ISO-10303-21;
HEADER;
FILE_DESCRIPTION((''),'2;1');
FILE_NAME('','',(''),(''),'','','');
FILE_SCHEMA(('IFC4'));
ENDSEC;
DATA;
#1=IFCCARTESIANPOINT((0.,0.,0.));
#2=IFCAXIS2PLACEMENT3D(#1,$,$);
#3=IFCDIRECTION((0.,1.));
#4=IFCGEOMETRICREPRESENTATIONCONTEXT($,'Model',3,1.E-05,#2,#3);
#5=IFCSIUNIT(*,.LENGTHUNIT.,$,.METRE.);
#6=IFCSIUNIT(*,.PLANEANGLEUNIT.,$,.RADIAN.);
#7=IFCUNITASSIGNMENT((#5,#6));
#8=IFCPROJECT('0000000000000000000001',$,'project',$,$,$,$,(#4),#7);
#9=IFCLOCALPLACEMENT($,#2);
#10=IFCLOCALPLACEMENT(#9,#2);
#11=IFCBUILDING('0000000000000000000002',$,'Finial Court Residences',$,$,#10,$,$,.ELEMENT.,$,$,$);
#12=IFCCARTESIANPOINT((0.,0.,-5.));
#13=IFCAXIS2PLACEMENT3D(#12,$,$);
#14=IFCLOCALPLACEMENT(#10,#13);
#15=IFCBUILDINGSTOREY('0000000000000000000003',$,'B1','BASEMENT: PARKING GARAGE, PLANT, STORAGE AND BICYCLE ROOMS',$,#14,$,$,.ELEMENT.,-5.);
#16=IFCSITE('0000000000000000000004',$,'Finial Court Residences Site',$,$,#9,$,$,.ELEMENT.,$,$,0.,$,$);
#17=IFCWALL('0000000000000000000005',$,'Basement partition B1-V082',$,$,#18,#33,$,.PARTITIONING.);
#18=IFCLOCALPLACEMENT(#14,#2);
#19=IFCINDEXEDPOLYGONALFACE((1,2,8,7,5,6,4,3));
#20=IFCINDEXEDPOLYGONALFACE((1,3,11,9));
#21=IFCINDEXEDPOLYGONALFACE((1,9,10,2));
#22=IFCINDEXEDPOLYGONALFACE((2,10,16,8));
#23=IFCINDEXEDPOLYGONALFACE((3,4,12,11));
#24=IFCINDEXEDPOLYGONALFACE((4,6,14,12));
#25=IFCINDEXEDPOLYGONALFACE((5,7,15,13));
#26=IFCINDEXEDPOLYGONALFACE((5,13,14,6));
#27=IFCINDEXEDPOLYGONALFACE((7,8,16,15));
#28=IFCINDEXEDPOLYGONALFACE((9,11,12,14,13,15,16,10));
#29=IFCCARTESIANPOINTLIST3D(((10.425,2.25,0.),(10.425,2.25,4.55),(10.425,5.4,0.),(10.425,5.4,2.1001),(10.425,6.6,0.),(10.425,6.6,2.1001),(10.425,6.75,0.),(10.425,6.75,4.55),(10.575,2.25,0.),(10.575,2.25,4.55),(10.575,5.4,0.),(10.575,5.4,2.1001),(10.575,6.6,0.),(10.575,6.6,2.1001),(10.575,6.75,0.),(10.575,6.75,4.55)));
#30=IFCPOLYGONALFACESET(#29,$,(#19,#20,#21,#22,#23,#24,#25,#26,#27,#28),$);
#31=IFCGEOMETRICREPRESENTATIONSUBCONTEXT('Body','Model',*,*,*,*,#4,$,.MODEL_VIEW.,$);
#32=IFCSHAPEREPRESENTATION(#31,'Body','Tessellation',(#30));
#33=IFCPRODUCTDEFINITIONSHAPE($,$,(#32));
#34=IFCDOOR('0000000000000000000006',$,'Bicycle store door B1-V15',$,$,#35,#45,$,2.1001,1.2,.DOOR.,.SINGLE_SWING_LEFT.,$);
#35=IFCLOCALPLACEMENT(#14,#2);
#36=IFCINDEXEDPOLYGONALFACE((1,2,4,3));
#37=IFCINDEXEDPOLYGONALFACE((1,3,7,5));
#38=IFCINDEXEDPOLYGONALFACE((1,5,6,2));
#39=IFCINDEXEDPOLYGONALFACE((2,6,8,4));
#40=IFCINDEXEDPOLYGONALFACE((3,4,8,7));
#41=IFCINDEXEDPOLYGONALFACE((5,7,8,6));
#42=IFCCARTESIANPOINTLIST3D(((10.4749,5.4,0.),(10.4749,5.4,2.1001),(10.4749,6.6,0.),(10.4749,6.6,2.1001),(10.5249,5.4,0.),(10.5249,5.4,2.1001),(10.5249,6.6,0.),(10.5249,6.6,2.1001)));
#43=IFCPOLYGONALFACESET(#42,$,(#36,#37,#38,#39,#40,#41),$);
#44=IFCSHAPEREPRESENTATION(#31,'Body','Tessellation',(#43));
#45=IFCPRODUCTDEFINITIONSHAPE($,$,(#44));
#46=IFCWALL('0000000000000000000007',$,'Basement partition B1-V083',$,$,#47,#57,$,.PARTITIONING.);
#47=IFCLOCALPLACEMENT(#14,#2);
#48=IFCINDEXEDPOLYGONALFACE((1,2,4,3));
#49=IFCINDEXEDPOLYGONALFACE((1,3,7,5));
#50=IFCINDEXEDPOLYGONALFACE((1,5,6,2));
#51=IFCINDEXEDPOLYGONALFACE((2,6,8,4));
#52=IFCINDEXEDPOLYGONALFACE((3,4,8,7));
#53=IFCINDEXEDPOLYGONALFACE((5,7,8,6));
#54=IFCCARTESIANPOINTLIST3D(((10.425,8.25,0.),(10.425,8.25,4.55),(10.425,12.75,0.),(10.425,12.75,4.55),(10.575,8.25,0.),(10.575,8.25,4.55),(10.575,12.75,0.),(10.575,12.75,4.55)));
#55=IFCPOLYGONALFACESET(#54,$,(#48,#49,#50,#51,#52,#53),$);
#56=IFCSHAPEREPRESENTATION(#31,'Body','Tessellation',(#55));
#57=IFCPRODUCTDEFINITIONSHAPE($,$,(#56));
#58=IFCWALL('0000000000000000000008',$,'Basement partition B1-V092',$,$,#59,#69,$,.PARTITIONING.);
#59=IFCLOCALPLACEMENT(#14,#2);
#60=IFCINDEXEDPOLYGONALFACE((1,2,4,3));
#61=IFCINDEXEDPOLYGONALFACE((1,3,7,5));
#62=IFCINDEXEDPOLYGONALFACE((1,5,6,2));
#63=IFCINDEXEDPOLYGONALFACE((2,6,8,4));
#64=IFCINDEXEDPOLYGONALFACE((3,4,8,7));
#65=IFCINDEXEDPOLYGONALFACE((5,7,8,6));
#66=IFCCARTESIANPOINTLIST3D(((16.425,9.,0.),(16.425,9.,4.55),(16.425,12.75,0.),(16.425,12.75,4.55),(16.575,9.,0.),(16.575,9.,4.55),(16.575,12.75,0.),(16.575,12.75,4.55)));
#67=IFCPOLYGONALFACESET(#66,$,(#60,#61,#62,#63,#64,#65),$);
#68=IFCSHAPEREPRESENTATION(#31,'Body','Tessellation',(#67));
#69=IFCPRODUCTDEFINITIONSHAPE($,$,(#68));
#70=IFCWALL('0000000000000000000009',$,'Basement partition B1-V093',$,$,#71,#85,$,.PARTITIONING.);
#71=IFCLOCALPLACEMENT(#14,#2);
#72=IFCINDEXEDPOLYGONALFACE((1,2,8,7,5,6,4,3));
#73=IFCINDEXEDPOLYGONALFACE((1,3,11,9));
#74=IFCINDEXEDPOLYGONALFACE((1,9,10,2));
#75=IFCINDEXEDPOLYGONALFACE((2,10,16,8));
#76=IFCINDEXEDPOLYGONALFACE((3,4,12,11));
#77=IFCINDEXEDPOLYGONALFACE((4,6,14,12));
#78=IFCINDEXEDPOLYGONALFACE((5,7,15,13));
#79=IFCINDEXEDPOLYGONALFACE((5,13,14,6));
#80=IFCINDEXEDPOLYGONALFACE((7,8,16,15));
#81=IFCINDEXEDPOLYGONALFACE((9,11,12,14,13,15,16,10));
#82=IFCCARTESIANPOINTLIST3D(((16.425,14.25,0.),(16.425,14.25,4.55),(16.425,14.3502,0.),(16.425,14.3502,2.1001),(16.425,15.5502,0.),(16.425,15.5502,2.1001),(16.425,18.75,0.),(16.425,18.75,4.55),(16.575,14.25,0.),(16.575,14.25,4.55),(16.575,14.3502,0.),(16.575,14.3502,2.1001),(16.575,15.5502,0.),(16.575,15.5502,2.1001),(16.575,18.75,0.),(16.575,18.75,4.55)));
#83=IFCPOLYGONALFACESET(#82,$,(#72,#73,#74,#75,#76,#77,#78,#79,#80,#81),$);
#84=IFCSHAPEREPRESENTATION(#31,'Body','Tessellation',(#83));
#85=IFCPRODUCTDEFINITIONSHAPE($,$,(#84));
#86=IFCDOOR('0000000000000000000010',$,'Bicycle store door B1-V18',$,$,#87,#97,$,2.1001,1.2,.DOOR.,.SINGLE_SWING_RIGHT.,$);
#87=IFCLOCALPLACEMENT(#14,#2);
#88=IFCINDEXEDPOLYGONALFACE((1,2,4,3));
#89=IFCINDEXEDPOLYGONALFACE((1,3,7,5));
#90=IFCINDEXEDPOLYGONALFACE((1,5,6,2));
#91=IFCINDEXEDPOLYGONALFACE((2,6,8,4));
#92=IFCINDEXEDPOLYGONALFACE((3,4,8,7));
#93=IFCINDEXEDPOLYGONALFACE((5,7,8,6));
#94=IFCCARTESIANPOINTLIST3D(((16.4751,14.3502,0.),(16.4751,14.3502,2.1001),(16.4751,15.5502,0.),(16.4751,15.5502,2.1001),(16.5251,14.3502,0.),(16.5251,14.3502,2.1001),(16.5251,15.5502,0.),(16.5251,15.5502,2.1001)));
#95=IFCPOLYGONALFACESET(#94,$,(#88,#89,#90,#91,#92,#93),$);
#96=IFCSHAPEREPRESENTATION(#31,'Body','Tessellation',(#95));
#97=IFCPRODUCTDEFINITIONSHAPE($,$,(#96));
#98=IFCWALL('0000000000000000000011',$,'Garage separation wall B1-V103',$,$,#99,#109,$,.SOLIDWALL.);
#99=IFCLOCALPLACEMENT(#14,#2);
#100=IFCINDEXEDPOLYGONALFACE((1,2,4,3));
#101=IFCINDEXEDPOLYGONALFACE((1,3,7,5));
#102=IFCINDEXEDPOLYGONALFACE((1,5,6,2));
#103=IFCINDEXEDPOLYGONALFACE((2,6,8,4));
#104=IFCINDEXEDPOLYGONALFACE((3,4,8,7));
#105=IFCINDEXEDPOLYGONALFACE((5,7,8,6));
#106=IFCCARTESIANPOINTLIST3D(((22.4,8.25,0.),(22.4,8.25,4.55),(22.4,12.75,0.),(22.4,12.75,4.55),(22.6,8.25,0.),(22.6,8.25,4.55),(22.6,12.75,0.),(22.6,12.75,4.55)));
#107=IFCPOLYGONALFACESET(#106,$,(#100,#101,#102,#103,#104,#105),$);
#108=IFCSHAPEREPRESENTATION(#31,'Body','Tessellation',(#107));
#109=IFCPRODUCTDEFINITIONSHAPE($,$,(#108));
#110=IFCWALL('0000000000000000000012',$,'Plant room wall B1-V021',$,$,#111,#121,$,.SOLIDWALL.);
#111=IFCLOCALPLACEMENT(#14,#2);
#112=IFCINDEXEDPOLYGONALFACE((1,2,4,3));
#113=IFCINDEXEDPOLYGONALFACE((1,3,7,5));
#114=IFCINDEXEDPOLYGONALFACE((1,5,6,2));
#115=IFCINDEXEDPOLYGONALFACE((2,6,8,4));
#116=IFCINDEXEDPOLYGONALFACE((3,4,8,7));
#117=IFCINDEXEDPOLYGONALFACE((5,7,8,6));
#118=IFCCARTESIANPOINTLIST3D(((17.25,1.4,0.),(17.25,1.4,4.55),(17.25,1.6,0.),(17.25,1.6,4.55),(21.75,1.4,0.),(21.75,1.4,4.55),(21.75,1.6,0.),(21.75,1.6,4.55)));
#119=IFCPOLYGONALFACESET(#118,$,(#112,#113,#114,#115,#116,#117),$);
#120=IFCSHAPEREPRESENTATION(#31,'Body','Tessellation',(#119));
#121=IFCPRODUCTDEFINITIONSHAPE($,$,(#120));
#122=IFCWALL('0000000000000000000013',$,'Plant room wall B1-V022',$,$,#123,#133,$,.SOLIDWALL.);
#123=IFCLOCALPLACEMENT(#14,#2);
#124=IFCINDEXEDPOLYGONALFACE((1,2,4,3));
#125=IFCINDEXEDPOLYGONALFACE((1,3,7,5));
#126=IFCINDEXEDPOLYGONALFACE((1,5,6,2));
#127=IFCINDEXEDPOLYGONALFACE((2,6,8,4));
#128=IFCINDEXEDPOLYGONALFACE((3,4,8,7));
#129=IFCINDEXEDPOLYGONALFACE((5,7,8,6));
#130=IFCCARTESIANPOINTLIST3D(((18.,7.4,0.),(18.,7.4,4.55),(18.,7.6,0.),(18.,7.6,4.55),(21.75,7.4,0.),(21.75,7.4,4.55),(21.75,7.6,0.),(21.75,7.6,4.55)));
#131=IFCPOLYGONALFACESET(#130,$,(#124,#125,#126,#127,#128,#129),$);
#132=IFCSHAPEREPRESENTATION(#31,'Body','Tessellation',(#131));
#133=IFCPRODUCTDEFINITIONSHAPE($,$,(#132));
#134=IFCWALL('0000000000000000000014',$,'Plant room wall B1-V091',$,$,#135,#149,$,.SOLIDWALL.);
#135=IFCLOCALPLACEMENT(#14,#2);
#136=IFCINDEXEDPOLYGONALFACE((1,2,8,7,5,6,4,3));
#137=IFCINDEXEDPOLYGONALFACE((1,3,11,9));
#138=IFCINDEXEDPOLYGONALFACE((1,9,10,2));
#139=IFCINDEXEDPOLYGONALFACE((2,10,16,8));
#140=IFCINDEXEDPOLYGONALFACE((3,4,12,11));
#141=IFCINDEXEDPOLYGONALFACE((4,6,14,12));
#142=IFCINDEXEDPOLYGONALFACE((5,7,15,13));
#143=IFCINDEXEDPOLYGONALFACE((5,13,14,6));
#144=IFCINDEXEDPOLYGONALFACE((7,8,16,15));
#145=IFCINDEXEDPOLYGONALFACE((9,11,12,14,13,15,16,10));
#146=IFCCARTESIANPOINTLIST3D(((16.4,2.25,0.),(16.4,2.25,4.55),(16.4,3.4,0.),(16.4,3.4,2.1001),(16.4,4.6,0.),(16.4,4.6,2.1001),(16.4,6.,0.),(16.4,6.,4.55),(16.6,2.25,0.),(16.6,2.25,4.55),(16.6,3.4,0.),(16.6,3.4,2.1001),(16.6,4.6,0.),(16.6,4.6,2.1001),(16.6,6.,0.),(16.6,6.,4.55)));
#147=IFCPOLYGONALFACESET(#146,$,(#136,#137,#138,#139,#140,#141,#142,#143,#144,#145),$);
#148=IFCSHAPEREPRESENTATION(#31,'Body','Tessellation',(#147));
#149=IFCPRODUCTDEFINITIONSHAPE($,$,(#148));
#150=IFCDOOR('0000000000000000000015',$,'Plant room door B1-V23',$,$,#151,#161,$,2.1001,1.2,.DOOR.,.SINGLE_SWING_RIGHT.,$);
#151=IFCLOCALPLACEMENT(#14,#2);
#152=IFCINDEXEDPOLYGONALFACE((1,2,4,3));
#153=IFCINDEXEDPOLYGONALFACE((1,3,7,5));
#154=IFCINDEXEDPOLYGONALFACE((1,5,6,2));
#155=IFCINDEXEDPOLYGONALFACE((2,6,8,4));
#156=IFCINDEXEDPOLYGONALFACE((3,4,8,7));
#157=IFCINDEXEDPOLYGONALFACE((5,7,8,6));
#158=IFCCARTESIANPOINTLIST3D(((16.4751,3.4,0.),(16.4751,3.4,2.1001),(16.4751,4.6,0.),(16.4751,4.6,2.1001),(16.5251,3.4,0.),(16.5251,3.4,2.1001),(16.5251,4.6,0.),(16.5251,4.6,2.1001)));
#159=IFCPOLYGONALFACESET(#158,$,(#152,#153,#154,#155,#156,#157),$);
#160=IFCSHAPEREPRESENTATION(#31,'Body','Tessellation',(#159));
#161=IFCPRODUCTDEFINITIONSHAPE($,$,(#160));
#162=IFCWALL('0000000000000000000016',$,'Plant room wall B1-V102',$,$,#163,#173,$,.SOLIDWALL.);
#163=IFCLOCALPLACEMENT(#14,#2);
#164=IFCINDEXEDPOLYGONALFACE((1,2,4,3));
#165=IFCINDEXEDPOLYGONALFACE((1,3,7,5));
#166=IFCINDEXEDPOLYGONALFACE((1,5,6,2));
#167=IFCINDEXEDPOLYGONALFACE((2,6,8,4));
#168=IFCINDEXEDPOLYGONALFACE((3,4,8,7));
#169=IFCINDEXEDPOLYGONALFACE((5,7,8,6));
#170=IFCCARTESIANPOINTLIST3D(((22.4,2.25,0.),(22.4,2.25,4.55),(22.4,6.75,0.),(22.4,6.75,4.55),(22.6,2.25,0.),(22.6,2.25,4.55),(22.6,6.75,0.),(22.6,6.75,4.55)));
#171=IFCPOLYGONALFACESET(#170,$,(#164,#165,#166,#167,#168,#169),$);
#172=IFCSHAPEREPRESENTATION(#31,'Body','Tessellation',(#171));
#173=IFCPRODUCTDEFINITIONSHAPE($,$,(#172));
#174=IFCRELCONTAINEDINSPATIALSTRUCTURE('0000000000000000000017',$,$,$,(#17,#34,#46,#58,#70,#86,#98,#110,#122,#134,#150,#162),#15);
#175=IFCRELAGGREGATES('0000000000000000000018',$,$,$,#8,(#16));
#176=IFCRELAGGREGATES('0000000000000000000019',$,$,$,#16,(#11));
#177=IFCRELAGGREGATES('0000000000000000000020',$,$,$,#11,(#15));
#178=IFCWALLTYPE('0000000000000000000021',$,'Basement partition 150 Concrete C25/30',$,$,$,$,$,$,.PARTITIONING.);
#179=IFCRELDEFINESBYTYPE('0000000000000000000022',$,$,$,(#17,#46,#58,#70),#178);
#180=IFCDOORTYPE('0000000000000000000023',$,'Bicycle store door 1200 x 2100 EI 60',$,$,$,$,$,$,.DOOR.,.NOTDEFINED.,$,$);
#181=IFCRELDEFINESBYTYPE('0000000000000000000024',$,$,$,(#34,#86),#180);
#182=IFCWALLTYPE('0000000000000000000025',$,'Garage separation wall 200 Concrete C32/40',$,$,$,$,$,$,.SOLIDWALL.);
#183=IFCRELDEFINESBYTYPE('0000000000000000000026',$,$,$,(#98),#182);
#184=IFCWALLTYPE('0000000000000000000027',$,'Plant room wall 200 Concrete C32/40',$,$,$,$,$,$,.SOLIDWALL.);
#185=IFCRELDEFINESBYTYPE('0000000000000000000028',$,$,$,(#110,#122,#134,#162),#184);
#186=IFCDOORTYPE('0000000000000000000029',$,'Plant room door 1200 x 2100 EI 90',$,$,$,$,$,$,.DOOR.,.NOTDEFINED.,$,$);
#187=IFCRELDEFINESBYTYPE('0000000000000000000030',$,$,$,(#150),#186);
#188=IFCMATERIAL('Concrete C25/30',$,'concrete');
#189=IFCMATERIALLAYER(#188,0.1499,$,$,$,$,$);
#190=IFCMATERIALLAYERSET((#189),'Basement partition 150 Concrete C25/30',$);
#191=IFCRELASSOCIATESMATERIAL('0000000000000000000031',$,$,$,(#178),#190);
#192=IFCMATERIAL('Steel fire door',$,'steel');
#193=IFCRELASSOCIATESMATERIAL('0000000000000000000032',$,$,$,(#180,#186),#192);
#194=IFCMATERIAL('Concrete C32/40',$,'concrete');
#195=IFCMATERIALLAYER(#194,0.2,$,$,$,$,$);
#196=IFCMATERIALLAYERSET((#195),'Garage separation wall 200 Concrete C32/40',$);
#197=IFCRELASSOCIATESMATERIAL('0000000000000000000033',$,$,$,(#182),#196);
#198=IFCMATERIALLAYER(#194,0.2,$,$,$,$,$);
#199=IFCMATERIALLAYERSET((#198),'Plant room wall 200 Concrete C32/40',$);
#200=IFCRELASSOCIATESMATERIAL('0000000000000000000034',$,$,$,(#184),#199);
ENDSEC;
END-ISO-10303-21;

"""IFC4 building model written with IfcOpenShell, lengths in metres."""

from ifc_helpers import new_model, si_unit, direction, frame, frame_2d, origin, place, context, subcontext, project, spatial, rectangle, extrude, material, layer, layer_set, type_object, element, fill, save


model = new_model("IFC4")

# Units and contexts
model_context = context("Model", 3, precision=1e-05, world=origin(), true_north=direction((0.0, 1.0)))
body_context = subcontext(model_context, "Body", "Model", "MODEL_VIEW")
ifc_project = project(units=[si_unit("LENGTHUNIT", "METRE"), si_unit("PLANEANGLEUNIT", "RADIAN")], contexts=[model_context])

# Site, building, storey
site_placement = place(None, origin())
site = spatial("IfcSite", under=ifc_project, at=site_placement, Name="Finial Court Residences Site", CompositionType="ELEMENT", RefElevation=0.0)
building_placement = place(site_placement, origin())
building = spatial("IfcBuilding", under=site, at=building_placement, Name="Finial Court Residences", CompositionType="ELEMENT")
storey_placement = place(building_placement, frame((0.0, 0.0, -5.0)))
storey = spatial("IfcBuildingStorey", under=building, at=storey_placement, Name="B1", Description="BASEMENT: PARKING GARAGE, PLANT, STORAGE AND BICYCLE ROOMS", CompositionType="ELEMENT", Elevation=-5.0)

# Shared definitions
ifc_material_1 = material(Name="Concrete C25/30", Category="concrete")
ifc_layer_1 = layer(ifc_material_1, 0.1499)
ifc_layer_set_1 = layer_set([ifc_layer_1], Name="Basement partition 150 Concrete C25/30")
wall_type_1 = type_object("IfcWallType", Name="Basement partition 150 Concrete C25/30", PredefinedType="PARTITIONING", material=ifc_layer_set_1)

# Wall, opening, door
wall_1_placement = place(storey_placement, frame((10.5, 6.75, 0.0), z_axis=(0.0, 0.0, 1.0), x_axis=(0.0, -1.0, 0.0)))
wall_1 = element("IfcWall", 1, at=wall_1_placement, inside=storey, type_object=wall_type_1, Name="Basement partition B1-V082", PredefinedType="PARTITIONING", context=body_context, shape_type="SweptSolid", body=[
    extrude(rectangle(XDim=4.5, YDim=0.1499, at=frame_2d((2.25, 0.0))), origin(), (0.0, 0.0, 1.0), 4.55),
])
opening_1_placement = place(wall_1_placement, frame((0.1499, 0.0, 0.0)))
opening_1 = element("IfcOpeningElement", 2, at=opening_1_placement, cuts=wall_1, PredefinedType="OPENING", context=body_context, shape_type="SweptSolid", body=[
    extrude(rectangle(XDim=1.2, YDim=2.1001, at=frame_2d((0.6001, 1.05))), frame((0.0, 0.085, 0.0), z_axis=(0.0, -1.0, 0.0), x_axis=(1.0, 0.0, 0.0)), (0.0, 0.0, 1.0), 0.1699),
])
ifc_material_2 = material(Name="Steel fire door", Category="steel")
door_type_1 = type_object("IfcDoorType", Name="Bicycle store door 1200 x 2100 EI 60", OperationType="NOTDEFINED", PredefinedType="DOOR", material=ifc_material_2)
door_1_placement = place(opening_1_placement, origin())
door_1 = element("IfcDoor", 3, at=door_1_placement, inside=storey, type_object=door_type_1, Name="Bicycle store door B1-V15", OperationType="SINGLE_SWING_LEFT", OverallHeight=2.1001, OverallWidth=1.2, PredefinedType="DOOR", context=body_context, shape_type="SweptSolid", body=[
    extrude(rectangle(XDim=1.2, YDim=2.1001, at=frame_2d((0.6001, 1.05))), frame((0.0, 0.0249, 0.0), z_axis=(0.0, -1.0, 0.0), x_axis=(1.0, 0.0, 0.0)), (0.0, 0.0, 1.0), 0.05),
])
fill(opening_1, door_1)

# Walls
wall_2_placement = place(storey_placement, frame((10.5, 8.25, 0.0), z_axis=(0.0, 0.0, 1.0), x_axis=(0.0, 1.0, 0.0)))
element("IfcWall", 4, at=wall_2_placement, inside=storey, type_object=wall_type_1, Name="Basement partition B1-V083", PredefinedType="PARTITIONING", context=body_context, shape_type="SweptSolid", body=[
    extrude(rectangle(XDim=4.5, YDim=0.1499, at=frame_2d((2.25, 0.0))), origin(), (0.0, 0.0, 1.0), 4.55),
])
wall_3_placement = place(storey_placement, frame((16.5, 9.0, 0.0), z_axis=(0.0, 0.0, 1.0), x_axis=(0.0, 1.0, 0.0)))
element("IfcWall", 5, at=wall_3_placement, inside=storey, type_object=wall_type_1, Name="Basement partition B1-V092", PredefinedType="PARTITIONING", context=body_context, shape_type="SweptSolid", body=[
    extrude(rectangle(XDim=3.75, YDim=0.1499, at=frame_2d((1.875, 0.0))), origin(), (0.0, 0.0, 1.0), 4.55),
])

# Wall, opening, door
wall_4_placement = place(storey_placement, frame((16.5, 14.25, 0.0), z_axis=(0.0, 0.0, 1.0), x_axis=(0.0, 1.0, 0.0)))
wall_4 = element("IfcWall", 6, at=wall_4_placement, inside=storey, type_object=wall_type_1, Name="Basement partition B1-V093", PredefinedType="PARTITIONING", context=body_context, shape_type="SweptSolid", body=[
    extrude(rectangle(XDim=4.5, YDim=0.1499, at=frame_2d((2.25, 0.0))), origin(), (0.0, 0.0, 1.0), 4.55),
])
opening_2_placement = place(wall_4_placement, frame((0.1001, 0.0, 0.0)))
opening_2 = element("IfcOpeningElement", 7, at=opening_2_placement, cuts=wall_4, PredefinedType="OPENING", context=body_context, shape_type="SweptSolid", body=[
    extrude(rectangle(XDim=1.2, YDim=2.1001, at=frame_2d((0.6001, 1.05))), frame((0.0, 0.085, 0.0), z_axis=(0.0, -1.0, 0.0), x_axis=(1.0, 0.0, 0.0)), (0.0, 0.0, 1.0), 0.1699),
])
door_2_placement = place(opening_2_placement, origin())
door_2 = element("IfcDoor", 8, at=door_2_placement, inside=storey, type_object=door_type_1, Name="Bicycle store door B1-V18", OperationType="SINGLE_SWING_RIGHT", OverallHeight=2.1001, OverallWidth=1.2, PredefinedType="DOOR", context=body_context, shape_type="SweptSolid", body=[
    extrude(rectangle(XDim=1.2, YDim=2.1001, at=frame_2d((0.6001, 1.05))), frame((0.0, 0.0249, 0.0), z_axis=(0.0, -1.0, 0.0), x_axis=(1.0, 0.0, 0.0)), (0.0, 0.0, 1.0), 0.05),
])
fill(opening_2, door_2)

# Walls
ifc_material_3 = material(Name="Concrete C32/40", Category="concrete")
ifc_layer_2 = layer(ifc_material_3, 0.2)
ifc_layer_set_2 = layer_set([ifc_layer_2], Name="Garage separation wall 200 Concrete C32/40")
wall_type_2 = type_object("IfcWallType", Name="Garage separation wall 200 Concrete C32/40", PredefinedType="SOLIDWALL", material=ifc_layer_set_2)
wall_5_placement = place(storey_placement, frame((22.5, 8.25, 0.0), z_axis=(0.0, 0.0, 1.0), x_axis=(0.0, 1.0, 0.0)))
element("IfcWall", 9, at=wall_5_placement, inside=storey, type_object=wall_type_2, Name="Garage separation wall B1-V103", PredefinedType="SOLIDWALL", context=body_context, shape_type="SweptSolid", body=[
    extrude(rectangle(XDim=4.5, YDim=0.2, at=frame_2d((2.25, 0.0))), origin(), (0.0, 0.0, 1.0), 4.55),
])
ifc_layer_3 = layer(ifc_material_3, 0.2)
ifc_layer_set_3 = layer_set([ifc_layer_3], Name="Plant room wall 200 Concrete C32/40")
wall_type_3 = type_object("IfcWallType", Name="Plant room wall 200 Concrete C32/40", PredefinedType="SOLIDWALL", material=ifc_layer_set_3)
wall_6_placement = place(storey_placement, frame((17.25, 1.5, 0.0), z_axis=(0.0, 0.0, 1.0), x_axis=(1.0, 0.0, 0.0)))
element("IfcWall", 10, at=wall_6_placement, inside=storey, type_object=wall_type_3, Name="Plant room wall B1-V021", PredefinedType="SOLIDWALL", context=body_context, shape_type="SweptSolid", body=[
    extrude(rectangle(XDim=4.5, YDim=0.2, at=frame_2d((2.25, 0.0))), origin(), (0.0, 0.0, 1.0), 4.55),
])
wall_7_placement = place(storey_placement, frame((18.0, 7.5, 0.0), z_axis=(0.0, 0.0, 1.0), x_axis=(1.0, 0.0, 0.0)))
element("IfcWall", 11, at=wall_7_placement, inside=storey, type_object=wall_type_3, Name="Plant room wall B1-V022", PredefinedType="SOLIDWALL", context=body_context, shape_type="SweptSolid", body=[
    extrude(rectangle(XDim=3.75, YDim=0.2, at=frame_2d((1.875, 0.0))), origin(), (0.0, 0.0, 1.0), 4.55),
])

# Wall, opening, door
wall_8_placement = place(storey_placement, frame((16.5, 2.25, 0.0), z_axis=(0.0, 0.0, 1.0), x_axis=(0.0, 1.0, 0.0)))
wall_8 = element("IfcWall", 12, at=wall_8_placement, inside=storey, type_object=wall_type_3, Name="Plant room wall B1-V091", PredefinedType="SOLIDWALL", context=body_context, shape_type="SweptSolid", body=[
    extrude(rectangle(XDim=3.75, YDim=0.2, at=frame_2d((1.875, 0.0))), origin(), (0.0, 0.0, 1.0), 4.55),
])
opening_3_placement = place(wall_8_placement, frame((1.1499, 0.0, 0.0)))
opening_3 = element("IfcOpeningElement", 13, at=opening_3_placement, cuts=wall_8, PredefinedType="OPENING", context=body_context, shape_type="SweptSolid", body=[
    extrude(rectangle(XDim=1.2, YDim=2.1001, at=frame_2d((0.6001, 1.05))), frame((0.0, 0.1099, 0.0), z_axis=(0.0, -1.0, 0.0), x_axis=(1.0, 0.0, 0.0)), (0.0, 0.0, 1.0), 0.22),
])
door_type_2 = type_object("IfcDoorType", Name="Plant room door 1200 x 2100 EI 90", OperationType="NOTDEFINED", PredefinedType="DOOR", material=ifc_material_2)
door_3_placement = place(opening_3_placement, origin())
door_3 = element("IfcDoor", 14, at=door_3_placement, inside=storey, type_object=door_type_2, Name="Plant room door B1-V23", OperationType="SINGLE_SWING_RIGHT", OverallHeight=2.1001, OverallWidth=1.2, PredefinedType="DOOR", context=body_context, shape_type="SweptSolid", body=[
    extrude(rectangle(XDim=1.2, YDim=2.1001, at=frame_2d((0.6001, 1.05))), frame((0.0, 0.0249, 0.0), z_axis=(0.0, -1.0, 0.0), x_axis=(1.0, 0.0, 0.0)), (0.0, 0.0, 1.0), 0.05),
])
fill(opening_3, door_3)

# Wall
wall_9_placement = place(storey_placement, frame((22.5, 2.25, 0.0), z_axis=(0.0, 0.0, 1.0), x_axis=(0.0, 1.0, 0.0)))
element("IfcWall", 15, at=wall_9_placement, inside=storey, type_object=wall_type_3, Name="Plant room wall B1-V102", PredefinedType="SOLIDWALL", context=body_context, shape_type="SweptSolid", body=[
    extrude(rectangle(XDim=4.5, YDim=0.2, at=frame_2d((2.25, 0.0))), origin(), (0.0, 0.0, 1.0), 4.55),
])

save(model, "model.ifc")
